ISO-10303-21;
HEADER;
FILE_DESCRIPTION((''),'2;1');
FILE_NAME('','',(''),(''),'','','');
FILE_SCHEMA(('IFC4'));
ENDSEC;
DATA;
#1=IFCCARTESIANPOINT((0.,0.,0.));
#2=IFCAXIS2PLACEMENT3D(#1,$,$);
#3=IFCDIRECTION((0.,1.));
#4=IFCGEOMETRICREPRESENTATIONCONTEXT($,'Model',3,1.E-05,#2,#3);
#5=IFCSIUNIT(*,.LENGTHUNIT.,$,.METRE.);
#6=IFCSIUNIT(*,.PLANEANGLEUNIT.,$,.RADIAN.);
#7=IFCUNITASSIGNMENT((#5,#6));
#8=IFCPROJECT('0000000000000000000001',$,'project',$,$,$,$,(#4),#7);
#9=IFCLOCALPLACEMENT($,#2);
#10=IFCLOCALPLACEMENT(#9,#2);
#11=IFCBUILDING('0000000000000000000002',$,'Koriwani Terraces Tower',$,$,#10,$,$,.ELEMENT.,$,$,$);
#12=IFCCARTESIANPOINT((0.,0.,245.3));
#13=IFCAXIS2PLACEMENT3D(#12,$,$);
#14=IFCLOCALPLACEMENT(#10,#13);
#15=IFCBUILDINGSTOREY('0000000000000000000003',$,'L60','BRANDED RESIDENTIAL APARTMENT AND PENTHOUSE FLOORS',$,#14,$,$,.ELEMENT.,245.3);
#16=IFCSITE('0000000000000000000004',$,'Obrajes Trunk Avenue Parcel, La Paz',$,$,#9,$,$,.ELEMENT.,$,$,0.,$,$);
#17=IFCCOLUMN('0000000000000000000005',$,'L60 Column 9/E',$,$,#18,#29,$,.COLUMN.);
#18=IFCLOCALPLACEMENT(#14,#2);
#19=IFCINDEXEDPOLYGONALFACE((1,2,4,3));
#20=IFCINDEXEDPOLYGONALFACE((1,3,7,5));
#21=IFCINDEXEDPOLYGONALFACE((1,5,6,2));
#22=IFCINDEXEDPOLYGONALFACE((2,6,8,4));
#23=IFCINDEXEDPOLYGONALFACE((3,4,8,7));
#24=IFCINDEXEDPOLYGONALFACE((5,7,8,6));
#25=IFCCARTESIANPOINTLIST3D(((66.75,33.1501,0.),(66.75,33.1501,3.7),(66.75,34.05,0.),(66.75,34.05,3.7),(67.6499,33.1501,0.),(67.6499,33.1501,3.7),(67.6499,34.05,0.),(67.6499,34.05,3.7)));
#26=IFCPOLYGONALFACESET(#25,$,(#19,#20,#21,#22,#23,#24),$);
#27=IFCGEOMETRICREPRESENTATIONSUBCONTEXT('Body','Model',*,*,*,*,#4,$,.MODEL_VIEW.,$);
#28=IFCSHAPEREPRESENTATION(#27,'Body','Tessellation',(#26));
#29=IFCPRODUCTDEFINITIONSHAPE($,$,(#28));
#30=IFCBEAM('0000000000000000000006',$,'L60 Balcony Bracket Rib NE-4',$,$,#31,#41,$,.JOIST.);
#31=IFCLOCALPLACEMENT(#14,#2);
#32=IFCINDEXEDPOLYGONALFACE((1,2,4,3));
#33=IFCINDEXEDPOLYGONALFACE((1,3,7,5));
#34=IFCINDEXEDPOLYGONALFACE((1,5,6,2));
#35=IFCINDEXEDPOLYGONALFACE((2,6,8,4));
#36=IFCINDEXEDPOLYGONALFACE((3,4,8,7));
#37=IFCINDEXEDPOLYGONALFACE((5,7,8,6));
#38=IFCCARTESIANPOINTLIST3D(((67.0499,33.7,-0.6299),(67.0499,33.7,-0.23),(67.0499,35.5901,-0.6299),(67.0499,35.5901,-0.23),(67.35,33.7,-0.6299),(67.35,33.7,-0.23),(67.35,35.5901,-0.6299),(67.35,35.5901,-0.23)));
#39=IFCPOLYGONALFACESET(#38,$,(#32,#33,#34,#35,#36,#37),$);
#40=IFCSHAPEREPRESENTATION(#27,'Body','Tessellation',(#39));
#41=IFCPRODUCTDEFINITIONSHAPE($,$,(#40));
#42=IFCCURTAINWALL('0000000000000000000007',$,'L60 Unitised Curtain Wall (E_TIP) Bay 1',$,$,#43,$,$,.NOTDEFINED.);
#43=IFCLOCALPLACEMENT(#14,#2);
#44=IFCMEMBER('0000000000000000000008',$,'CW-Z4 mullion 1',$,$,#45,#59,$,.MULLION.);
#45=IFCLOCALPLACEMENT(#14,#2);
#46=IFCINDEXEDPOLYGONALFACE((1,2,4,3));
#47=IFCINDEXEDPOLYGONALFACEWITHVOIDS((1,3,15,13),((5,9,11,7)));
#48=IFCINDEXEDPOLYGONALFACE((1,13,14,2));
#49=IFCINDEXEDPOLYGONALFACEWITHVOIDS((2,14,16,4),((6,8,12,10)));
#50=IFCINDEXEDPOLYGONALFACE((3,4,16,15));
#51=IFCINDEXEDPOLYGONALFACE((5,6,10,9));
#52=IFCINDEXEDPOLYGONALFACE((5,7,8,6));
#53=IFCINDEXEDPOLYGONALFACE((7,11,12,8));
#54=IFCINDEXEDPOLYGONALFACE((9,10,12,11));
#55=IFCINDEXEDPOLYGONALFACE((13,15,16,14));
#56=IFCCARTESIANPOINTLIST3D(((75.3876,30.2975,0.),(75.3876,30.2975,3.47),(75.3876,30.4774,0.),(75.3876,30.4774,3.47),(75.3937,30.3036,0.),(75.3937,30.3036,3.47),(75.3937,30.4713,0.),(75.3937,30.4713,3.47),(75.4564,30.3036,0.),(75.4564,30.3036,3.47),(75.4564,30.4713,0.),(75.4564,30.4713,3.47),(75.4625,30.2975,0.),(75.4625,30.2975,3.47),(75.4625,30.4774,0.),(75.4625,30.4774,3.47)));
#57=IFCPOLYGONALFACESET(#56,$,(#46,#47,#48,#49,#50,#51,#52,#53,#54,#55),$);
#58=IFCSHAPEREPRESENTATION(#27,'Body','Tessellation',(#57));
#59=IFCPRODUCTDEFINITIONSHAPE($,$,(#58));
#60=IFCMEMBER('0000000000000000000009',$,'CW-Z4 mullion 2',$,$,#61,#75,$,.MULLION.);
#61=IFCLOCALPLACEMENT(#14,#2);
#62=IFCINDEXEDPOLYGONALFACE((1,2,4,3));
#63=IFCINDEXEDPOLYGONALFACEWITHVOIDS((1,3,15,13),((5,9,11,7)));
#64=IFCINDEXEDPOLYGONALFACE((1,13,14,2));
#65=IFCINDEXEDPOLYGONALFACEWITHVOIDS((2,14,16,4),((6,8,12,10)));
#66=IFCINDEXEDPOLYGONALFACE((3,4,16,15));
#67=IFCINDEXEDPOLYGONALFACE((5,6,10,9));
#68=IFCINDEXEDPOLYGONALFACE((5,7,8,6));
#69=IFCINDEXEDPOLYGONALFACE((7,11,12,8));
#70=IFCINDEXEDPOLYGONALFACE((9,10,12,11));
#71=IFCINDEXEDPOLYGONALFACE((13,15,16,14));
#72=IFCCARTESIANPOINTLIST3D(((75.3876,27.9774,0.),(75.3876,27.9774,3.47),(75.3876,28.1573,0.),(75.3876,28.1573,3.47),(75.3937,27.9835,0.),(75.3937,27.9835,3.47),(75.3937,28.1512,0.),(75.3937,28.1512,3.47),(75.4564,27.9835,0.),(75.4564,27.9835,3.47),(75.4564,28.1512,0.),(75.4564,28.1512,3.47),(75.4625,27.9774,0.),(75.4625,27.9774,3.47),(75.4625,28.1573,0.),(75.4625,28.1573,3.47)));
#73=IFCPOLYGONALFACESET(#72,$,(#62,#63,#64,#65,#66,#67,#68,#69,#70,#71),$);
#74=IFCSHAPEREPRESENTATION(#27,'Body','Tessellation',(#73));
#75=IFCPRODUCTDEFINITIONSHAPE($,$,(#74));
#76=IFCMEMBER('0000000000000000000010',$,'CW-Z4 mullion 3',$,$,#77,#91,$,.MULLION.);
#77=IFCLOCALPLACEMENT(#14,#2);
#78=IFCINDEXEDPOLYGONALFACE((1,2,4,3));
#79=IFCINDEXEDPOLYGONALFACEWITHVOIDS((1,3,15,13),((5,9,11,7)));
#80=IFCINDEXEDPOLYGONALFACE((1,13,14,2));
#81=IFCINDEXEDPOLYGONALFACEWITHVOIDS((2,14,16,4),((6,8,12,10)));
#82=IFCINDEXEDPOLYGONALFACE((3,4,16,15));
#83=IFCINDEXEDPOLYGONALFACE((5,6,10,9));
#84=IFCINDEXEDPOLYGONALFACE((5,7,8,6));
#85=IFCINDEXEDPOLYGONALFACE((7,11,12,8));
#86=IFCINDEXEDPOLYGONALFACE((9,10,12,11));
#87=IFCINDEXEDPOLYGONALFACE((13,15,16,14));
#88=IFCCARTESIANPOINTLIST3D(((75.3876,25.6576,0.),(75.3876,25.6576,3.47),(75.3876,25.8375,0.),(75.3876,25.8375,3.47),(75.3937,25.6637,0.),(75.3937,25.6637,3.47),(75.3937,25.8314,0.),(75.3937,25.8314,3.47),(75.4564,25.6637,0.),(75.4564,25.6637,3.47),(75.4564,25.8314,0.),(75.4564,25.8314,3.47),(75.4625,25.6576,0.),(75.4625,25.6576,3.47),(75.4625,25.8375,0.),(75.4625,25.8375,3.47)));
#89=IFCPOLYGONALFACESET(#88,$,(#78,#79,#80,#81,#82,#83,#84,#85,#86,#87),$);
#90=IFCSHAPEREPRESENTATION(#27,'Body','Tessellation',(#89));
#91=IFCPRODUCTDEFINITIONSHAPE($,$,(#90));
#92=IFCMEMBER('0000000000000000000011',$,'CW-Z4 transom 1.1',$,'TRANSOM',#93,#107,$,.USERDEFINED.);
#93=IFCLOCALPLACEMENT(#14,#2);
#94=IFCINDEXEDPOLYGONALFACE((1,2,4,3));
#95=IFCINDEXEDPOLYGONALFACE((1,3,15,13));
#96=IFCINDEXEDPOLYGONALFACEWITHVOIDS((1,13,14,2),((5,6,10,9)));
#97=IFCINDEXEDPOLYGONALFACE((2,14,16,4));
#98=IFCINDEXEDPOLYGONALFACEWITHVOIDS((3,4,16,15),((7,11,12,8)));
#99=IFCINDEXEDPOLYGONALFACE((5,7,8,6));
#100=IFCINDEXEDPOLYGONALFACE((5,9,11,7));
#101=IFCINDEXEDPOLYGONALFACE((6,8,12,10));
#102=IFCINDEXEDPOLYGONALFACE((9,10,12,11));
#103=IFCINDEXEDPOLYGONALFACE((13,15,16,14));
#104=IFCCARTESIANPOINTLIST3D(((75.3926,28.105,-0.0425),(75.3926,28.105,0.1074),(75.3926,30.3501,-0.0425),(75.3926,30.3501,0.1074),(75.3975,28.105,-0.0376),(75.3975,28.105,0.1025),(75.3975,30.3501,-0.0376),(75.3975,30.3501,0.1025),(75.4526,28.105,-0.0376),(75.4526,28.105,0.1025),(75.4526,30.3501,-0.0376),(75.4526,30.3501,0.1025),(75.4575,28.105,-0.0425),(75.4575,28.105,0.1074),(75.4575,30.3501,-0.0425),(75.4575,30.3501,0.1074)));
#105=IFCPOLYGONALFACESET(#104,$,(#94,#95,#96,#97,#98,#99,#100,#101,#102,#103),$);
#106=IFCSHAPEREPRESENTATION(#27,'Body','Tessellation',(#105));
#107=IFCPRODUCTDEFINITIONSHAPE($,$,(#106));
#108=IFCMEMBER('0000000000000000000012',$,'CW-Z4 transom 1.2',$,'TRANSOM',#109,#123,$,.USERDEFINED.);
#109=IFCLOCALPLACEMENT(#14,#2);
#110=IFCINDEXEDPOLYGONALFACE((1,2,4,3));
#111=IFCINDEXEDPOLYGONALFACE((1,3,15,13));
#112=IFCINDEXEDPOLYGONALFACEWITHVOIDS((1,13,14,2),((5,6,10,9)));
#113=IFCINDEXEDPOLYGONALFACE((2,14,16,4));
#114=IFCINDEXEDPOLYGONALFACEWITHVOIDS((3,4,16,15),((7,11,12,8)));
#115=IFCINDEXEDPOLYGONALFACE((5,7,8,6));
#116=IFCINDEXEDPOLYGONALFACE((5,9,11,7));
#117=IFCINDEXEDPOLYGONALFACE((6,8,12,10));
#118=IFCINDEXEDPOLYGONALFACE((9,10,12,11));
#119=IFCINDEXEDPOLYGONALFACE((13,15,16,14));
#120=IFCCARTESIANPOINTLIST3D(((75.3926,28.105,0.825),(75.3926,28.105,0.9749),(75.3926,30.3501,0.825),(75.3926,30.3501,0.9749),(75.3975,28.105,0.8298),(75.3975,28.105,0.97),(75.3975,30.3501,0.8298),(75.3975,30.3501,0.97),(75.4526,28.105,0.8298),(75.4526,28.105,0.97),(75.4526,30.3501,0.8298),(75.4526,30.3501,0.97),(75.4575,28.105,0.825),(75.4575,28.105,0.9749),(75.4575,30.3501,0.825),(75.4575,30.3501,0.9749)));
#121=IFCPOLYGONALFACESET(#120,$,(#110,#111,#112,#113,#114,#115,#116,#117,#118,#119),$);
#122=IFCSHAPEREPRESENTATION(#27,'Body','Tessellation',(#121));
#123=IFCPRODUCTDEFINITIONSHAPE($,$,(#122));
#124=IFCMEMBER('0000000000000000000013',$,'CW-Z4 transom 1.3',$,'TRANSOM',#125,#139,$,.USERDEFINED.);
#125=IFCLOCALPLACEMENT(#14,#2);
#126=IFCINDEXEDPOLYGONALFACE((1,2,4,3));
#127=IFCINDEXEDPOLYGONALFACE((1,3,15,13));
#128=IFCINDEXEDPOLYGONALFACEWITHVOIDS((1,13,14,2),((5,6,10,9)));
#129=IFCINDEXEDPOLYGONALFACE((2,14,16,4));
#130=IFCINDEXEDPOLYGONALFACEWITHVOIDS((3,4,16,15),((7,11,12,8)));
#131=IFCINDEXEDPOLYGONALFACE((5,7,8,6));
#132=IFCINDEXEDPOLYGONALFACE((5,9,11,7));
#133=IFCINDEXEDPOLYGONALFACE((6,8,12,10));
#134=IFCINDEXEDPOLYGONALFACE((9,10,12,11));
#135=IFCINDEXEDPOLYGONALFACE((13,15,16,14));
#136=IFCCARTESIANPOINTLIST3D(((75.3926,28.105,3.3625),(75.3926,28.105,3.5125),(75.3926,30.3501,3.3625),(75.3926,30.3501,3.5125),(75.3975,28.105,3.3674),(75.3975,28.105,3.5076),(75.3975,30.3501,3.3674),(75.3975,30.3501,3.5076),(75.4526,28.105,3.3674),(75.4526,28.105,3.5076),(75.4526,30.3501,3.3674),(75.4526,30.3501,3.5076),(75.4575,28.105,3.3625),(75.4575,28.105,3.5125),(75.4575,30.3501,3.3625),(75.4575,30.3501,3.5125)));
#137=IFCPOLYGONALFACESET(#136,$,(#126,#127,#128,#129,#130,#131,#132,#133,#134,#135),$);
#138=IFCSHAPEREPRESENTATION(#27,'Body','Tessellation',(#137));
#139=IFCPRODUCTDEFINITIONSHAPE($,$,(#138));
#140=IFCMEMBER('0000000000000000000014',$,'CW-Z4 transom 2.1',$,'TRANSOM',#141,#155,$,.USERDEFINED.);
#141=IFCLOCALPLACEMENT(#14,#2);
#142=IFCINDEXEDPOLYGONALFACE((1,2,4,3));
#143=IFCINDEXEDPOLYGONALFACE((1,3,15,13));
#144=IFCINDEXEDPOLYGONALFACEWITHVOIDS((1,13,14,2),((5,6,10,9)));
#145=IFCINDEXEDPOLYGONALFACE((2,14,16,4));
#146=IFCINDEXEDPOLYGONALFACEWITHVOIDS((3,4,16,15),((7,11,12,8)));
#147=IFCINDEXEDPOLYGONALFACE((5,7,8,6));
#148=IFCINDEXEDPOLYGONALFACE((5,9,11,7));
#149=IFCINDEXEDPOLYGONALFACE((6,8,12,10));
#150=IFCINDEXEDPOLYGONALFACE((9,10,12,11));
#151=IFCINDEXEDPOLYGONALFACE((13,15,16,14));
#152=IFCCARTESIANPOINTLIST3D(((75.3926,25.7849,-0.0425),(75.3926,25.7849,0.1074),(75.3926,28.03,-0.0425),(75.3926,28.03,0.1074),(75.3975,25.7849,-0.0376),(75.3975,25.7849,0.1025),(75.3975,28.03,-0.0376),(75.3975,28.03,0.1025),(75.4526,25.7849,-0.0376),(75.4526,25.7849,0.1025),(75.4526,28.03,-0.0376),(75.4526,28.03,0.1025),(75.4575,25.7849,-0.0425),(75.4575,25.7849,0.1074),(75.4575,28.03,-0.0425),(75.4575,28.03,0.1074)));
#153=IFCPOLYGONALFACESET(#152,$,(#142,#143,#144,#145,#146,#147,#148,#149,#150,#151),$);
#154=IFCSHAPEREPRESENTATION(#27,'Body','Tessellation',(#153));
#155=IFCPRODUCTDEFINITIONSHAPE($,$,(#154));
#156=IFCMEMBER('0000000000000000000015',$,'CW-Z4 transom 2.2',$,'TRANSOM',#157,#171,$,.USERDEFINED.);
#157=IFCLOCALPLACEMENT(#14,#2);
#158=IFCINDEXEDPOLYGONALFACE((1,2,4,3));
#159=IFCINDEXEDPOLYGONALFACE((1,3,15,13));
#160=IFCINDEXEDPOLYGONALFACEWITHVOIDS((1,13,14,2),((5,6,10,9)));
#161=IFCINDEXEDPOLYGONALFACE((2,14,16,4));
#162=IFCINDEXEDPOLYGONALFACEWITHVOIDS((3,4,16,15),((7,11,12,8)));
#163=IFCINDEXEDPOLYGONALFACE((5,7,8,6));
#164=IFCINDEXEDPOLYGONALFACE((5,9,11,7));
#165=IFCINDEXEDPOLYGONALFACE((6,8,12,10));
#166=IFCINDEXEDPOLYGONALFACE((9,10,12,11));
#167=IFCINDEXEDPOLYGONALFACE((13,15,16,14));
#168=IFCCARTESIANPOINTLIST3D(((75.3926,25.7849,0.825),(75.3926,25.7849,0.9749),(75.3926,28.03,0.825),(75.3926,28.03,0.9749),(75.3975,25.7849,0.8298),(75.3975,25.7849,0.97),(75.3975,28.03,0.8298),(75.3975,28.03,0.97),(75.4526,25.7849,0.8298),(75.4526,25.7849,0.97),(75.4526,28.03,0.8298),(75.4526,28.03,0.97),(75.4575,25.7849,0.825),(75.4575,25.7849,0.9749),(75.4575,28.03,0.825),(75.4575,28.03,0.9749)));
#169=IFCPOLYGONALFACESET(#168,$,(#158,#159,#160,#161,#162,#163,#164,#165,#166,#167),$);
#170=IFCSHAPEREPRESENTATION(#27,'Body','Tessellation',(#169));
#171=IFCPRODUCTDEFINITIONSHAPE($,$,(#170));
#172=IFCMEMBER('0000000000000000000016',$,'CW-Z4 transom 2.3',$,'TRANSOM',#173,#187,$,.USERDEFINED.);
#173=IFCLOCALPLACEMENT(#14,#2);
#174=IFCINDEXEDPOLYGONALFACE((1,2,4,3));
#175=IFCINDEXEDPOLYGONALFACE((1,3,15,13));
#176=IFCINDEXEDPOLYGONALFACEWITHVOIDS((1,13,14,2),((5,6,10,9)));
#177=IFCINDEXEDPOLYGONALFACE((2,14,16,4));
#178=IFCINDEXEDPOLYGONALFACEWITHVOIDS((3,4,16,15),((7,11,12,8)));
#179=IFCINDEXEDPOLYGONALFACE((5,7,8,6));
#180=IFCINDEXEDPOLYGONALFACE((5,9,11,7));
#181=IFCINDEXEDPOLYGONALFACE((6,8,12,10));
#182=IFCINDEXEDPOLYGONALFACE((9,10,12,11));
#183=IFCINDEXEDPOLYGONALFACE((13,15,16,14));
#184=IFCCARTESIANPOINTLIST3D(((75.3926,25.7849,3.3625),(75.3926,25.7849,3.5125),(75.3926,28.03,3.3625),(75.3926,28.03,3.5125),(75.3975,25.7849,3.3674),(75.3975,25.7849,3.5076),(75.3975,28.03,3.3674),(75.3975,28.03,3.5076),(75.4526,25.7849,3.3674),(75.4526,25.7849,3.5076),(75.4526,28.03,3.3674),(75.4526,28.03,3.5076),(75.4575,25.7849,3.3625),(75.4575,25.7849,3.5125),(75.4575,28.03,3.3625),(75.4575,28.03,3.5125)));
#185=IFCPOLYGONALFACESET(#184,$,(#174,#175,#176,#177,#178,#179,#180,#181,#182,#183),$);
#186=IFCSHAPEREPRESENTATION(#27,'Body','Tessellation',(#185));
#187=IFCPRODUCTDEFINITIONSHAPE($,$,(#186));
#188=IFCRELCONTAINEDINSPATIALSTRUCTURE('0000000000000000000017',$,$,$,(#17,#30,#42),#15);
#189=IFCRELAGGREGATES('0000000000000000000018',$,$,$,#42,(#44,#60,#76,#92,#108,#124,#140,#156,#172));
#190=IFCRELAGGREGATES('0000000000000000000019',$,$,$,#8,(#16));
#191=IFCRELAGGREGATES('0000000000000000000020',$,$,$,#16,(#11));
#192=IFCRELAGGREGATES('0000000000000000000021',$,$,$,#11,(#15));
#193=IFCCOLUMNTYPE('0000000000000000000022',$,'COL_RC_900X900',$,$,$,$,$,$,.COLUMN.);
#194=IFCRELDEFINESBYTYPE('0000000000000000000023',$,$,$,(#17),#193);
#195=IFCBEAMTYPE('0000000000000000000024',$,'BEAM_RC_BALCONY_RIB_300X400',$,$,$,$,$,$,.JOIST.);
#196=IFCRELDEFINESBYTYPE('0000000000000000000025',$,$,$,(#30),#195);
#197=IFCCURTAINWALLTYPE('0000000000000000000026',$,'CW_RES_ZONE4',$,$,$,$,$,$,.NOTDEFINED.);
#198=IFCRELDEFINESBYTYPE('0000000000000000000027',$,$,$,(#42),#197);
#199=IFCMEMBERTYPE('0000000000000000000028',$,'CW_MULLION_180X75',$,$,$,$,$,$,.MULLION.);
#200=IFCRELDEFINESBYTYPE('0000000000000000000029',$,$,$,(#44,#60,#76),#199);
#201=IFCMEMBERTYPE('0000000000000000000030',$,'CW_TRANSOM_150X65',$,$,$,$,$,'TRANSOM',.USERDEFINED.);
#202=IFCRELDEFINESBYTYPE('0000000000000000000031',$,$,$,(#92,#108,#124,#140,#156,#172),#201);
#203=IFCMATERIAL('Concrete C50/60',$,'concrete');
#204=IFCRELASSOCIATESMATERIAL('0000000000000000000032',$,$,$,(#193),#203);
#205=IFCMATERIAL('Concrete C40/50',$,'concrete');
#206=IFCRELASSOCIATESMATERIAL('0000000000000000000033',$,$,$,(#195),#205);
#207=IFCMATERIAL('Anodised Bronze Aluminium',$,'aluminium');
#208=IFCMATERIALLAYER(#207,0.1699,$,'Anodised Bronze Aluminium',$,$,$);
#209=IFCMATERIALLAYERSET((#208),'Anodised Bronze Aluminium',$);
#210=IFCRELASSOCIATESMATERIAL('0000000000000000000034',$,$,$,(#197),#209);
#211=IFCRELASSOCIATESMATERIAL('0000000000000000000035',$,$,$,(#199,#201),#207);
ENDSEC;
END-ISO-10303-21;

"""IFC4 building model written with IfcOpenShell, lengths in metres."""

from ifc_helpers import new_model, si_unit, direction, frame, origin, origin_2d, place, context, subcontext, project, spatial, rectangle, hollow_rectangle, extrude, material, layer, layer_set, material_profile, profile_set, type_object, element, aggregate, save


model = new_model("IFC4")

# Units and contexts
model_context = context("Model", 3, precision=1e-05, world=origin(), true_north=direction((0.0, 1.0)))
body_context = subcontext(model_context, "Body", "Model", "MODEL_VIEW")
ifc_project = project(units=[si_unit("LENGTHUNIT", "METRE"), si_unit("PLANEANGLEUNIT", "RADIAN")], contexts=[model_context])

# Site, building, storey
site_placement = place(None, origin())
site = spatial("IfcSite", under=ifc_project, at=site_placement, Name="Obrajes Trunk Avenue Parcel, La Paz", CompositionType="ELEMENT", RefElevation=0.0)
building_placement = place(site_placement, origin())
building = spatial("IfcBuilding", under=site, at=building_placement, Name="Koriwani Terraces Tower", CompositionType="ELEMENT")
storey_placement = place(building_placement, frame((0.0, 0.0, 245.3)))
storey = spatial("IfcBuildingStorey", under=building, at=storey_placement, Name="L60", Description="BRANDED RESIDENTIAL APARTMENT AND PENTHOUSE FLOORS", CompositionType="ELEMENT", Elevation=245.3)

# Column
ifc_material_1 = material(Name="Concrete C50/60", Category="concrete")
ifc_material_profile_1 = material_profile(ifc_material_1, rectangle(XDim=0.8999, YDim=0.8999, at=origin_2d()), Name="Concrete C50/60", Category="LoadBearing")
ifc_profile_set_1 = profile_set([ifc_material_profile_1], Name="Concrete C50/60")
column_type = type_object("IfcColumnType", Name="COL_RC_900X900", PredefinedType="COLUMN", material=ifc_profile_set_1)
column_placement = place(storey_placement, frame((67.2, 33.6001, 0.0), z_axis=(0.0, 0.0, 1.0), x_axis=(1.0, 0.0, 0.0)))
element("IfcColumn", 1, at=column_placement, inside=storey, type_object=column_type, Name="L60 Column 9/E", PredefinedType="COLUMN", context=body_context, shape_type="SweptSolid", body=[
    extrude(rectangle(XDim=0.8999, YDim=0.8999, at=origin_2d()), origin(), (0.0, 0.0, 1.0), 3.7),
])

# Beam
ifc_material_2 = material(Name="Concrete C40/50", Category="concrete")
ifc_material_profile_2 = material_profile(ifc_material_2, rectangle(XDim=0.3, YDim=0.3999, at=origin_2d()), Name="Concrete C40/50", Category="LoadBearing")
ifc_profile_set_2 = profile_set([ifc_material_profile_2], Name="Concrete C40/50")
beam_type_1 = type_object("IfcBeamType", Name="BEAM_RC_BALCONY_RIB_300X400", PredefinedType="JOIST", material=ifc_profile_set_2)
beam_1_placement = place(storey_placement, frame((67.2, 33.7, -0.4299), z_axis=(0.0, 1.0, 0.0), x_axis=(-1.0, 0.0, 0.0)))
element("IfcBeam", 2, at=beam_1_placement, inside=storey, type_object=beam_type_1, Name="L60 Balcony Bracket Rib NE-4", PredefinedType="JOIST", context=body_context, shape_type="SweptSolid", body=[
    extrude(rectangle(XDim=0.3, YDim=0.3999, at=origin_2d()), origin(), (0.0, 0.0, 1.0), 1.8901),
])

# Curtain wall, members
ifc_material_3 = material(Name="Anodised Bronze Aluminium", Category="aluminium")
ifc_layer_1 = layer(ifc_material_3, 0.1699, Name="Anodised Bronze Aluminium")
ifc_layer_set_1 = layer_set([ifc_layer_1], Name="Anodised Bronze Aluminium")
curtain_wall_type = type_object("IfcCurtainWallType", Name="CW_RES_ZONE4", PredefinedType="NOTDEFINED", material=ifc_layer_set_1)
curtain_wall_placement = place(storey_placement, origin())
curtain_wall = element("IfcCurtainWall", 3, at=curtain_wall_placement, inside=storey, type_object=curtain_wall_type, Name="L60 Unitised Curtain Wall (E_TIP) Bay 1", PredefinedType="NOTDEFINED")
ifc_material_profile_3 = material_profile(ifc_material_3, hollow_rectangle(XDim=0.075, YDim=0.1799, WallThickness=0.0061, at=origin_2d()), Name="Anodised Bronze Aluminium", Category="LoadBearing")
ifc_profile_set_3 = profile_set([ifc_material_profile_3], Name="Anodised Bronze Aluminium")
member_type_1 = type_object("IfcMemberType", Name="CW_MULLION_180X75", PredefinedType="MULLION", material=ifc_profile_set_3)
member_1_placement = place(storey_placement, frame((75.425, 30.3875, 0.0), z_axis=(0.0, 0.0, 1.0), x_axis=(1.0, 0.0, 0.0)))
member_1 = element("IfcMember", 4, at=member_1_placement, type_object=member_type_1, Name="CW-Z4 mullion 1", PredefinedType="MULLION", context=body_context, shape_type="SweptSolid", body=[
    extrude(hollow_rectangle(XDim=0.075, YDim=0.1799, WallThickness=0.0061, at=origin_2d()), origin(), (0.0, 0.0, 1.0), 3.47),
])
member_2_placement = place(storey_placement, frame((75.425, 28.0674, 0.0), z_axis=(0.0, 0.0, 1.0), x_axis=(1.0, 0.0, 0.0)))
member_2 = element("IfcMember", 5, at=member_2_placement, type_object=member_type_1, Name="CW-Z4 mullion 2", PredefinedType="MULLION", context=body_context, shape_type="SweptSolid", body=[
    extrude(hollow_rectangle(XDim=0.075, YDim=0.1799, WallThickness=0.0061, at=origin_2d()), origin(), (0.0, 0.0, 1.0), 3.47),
])
member_3_placement = place(storey_placement, frame((75.425, 25.7476, 0.0), z_axis=(0.0, 0.0, 1.0), x_axis=(1.0, 0.0, 0.0)))
member_3 = element("IfcMember", 6, at=member_3_placement, type_object=member_type_1, Name="CW-Z4 mullion 3", PredefinedType="MULLION", context=body_context, shape_type="SweptSolid", body=[
    extrude(hollow_rectangle(XDim=0.075, YDim=0.1799, WallThickness=0.0061, at=origin_2d()), origin(), (0.0, 0.0, 1.0), 3.47),
])
ifc_material_profile_4 = material_profile(ifc_material_3, hollow_rectangle(XDim=0.0649, YDim=0.1499, WallThickness=0.0049, at=origin_2d()), Name="Anodised Bronze Aluminium", Category="LoadBearing")
ifc_profile_set_4 = profile_set([ifc_material_profile_4], Name="Anodised Bronze Aluminium")
member_type_2 = type_object("IfcMemberType", Name="CW_TRANSOM_150X65", ElementType="TRANSOM", PredefinedType="USERDEFINED", material=ifc_profile_set_4)
member_4_placement = place(storey_placement, frame((75.425, 30.3501, 0.0325), z_axis=(0.0, -1.0, 0.0), x_axis=(1.0, 0.0, 0.0)))
member_4 = element("IfcMember", 7, at=member_4_placement, type_object=member_type_2, Name="CW-Z4 transom 1.1", ObjectType="TRANSOM", PredefinedType="USERDEFINED", context=body_context, shape_type="SweptSolid", body=[
    extrude(hollow_rectangle(XDim=0.0649, YDim=0.1499, WallThickness=0.0049, at=origin_2d()), origin(), (0.0, 0.0, 1.0), 2.2451),
])
member_5_placement = place(storey_placement, frame((75.425, 30.3501, 0.8999), z_axis=(0.0, -1.0, 0.0), x_axis=(1.0, 0.0, 0.0)))
member_5 = element("IfcMember", 8, at=member_5_placement, type_object=member_type_2, Name="CW-Z4 transom 1.2", ObjectType="TRANSOM", PredefinedType="USERDEFINED", context=body_context, shape_type="SweptSolid", body=[
    extrude(hollow_rectangle(XDim=0.0649, YDim=0.1499, WallThickness=0.0049, at=origin_2d()), origin(), (0.0, 0.0, 1.0), 2.2451),
])
member_6_placement = place(storey_placement, frame((75.425, 30.3501, 3.4375), z_axis=(0.0, -1.0, 0.0), x_axis=(1.0, 0.0, 0.0)))
member_6 = element("IfcMember", 9, at=member_6_placement, type_object=member_type_2, Name="CW-Z4 transom 1.3", ObjectType="TRANSOM", PredefinedType="USERDEFINED", context=body_context, shape_type="SweptSolid", body=[
    extrude(hollow_rectangle(XDim=0.0649, YDim=0.1499, WallThickness=0.0049, at=origin_2d()), origin(), (0.0, 0.0, 1.0), 2.2451),
])
member_7_placement = place(storey_placement, frame((75.425, 28.03, 0.0325), z_axis=(0.0, -1.0, 0.0), x_axis=(1.0, 0.0, 0.0)))
member_7 = element("IfcMember", 10, at=member_7_placement, type_object=member_type_2, Name="CW-Z4 transom 2.1", ObjectType="TRANSOM", PredefinedType="USERDEFINED", context=body_context, shape_type="SweptSolid", body=[
    extrude(hollow_rectangle(XDim=0.0649, YDim=0.1499, WallThickness=0.0049, at=origin_2d()), origin(), (0.0, 0.0, 1.0), 2.2451),
])
member_8_placement = place(storey_placement, frame((75.425, 28.03, 0.8999), z_axis=(0.0, -1.0, 0.0), x_axis=(1.0, 0.0, 0.0)))
member_8 = element("IfcMember", 11, at=member_8_placement, type_object=member_type_2, Name="CW-Z4 transom 2.2", ObjectType="TRANSOM", PredefinedType="USERDEFINED", context=body_context, shape_type="SweptSolid", body=[
    extrude(hollow_rectangle(XDim=0.0649, YDim=0.1499, WallThickness=0.0049, at=origin_2d()), origin(), (0.0, 0.0, 1.0), 2.2451),
])
member_9_placement = place(storey_placement, frame((75.425, 28.03, 3.4375), z_axis=(0.0, -1.0, 0.0), x_axis=(1.0, 0.0, 0.0)))
member_9 = element("IfcMember", 12, at=member_9_placement, type_object=member_type_2, Name="CW-Z4 transom 2.3", ObjectType="TRANSOM", PredefinedType="USERDEFINED", context=body_context, shape_type="SweptSolid", body=[
    extrude(hollow_rectangle(XDim=0.0649, YDim=0.1499, WallThickness=0.0049, at=origin_2d()), origin(), (0.0, 0.0, 1.0), 2.2451),
])

aggregate(curtain_wall, [member_1, member_2, member_3, member_4, member_5, member_6, member_7, member_8, member_9])

save(model, "model.ifc")
